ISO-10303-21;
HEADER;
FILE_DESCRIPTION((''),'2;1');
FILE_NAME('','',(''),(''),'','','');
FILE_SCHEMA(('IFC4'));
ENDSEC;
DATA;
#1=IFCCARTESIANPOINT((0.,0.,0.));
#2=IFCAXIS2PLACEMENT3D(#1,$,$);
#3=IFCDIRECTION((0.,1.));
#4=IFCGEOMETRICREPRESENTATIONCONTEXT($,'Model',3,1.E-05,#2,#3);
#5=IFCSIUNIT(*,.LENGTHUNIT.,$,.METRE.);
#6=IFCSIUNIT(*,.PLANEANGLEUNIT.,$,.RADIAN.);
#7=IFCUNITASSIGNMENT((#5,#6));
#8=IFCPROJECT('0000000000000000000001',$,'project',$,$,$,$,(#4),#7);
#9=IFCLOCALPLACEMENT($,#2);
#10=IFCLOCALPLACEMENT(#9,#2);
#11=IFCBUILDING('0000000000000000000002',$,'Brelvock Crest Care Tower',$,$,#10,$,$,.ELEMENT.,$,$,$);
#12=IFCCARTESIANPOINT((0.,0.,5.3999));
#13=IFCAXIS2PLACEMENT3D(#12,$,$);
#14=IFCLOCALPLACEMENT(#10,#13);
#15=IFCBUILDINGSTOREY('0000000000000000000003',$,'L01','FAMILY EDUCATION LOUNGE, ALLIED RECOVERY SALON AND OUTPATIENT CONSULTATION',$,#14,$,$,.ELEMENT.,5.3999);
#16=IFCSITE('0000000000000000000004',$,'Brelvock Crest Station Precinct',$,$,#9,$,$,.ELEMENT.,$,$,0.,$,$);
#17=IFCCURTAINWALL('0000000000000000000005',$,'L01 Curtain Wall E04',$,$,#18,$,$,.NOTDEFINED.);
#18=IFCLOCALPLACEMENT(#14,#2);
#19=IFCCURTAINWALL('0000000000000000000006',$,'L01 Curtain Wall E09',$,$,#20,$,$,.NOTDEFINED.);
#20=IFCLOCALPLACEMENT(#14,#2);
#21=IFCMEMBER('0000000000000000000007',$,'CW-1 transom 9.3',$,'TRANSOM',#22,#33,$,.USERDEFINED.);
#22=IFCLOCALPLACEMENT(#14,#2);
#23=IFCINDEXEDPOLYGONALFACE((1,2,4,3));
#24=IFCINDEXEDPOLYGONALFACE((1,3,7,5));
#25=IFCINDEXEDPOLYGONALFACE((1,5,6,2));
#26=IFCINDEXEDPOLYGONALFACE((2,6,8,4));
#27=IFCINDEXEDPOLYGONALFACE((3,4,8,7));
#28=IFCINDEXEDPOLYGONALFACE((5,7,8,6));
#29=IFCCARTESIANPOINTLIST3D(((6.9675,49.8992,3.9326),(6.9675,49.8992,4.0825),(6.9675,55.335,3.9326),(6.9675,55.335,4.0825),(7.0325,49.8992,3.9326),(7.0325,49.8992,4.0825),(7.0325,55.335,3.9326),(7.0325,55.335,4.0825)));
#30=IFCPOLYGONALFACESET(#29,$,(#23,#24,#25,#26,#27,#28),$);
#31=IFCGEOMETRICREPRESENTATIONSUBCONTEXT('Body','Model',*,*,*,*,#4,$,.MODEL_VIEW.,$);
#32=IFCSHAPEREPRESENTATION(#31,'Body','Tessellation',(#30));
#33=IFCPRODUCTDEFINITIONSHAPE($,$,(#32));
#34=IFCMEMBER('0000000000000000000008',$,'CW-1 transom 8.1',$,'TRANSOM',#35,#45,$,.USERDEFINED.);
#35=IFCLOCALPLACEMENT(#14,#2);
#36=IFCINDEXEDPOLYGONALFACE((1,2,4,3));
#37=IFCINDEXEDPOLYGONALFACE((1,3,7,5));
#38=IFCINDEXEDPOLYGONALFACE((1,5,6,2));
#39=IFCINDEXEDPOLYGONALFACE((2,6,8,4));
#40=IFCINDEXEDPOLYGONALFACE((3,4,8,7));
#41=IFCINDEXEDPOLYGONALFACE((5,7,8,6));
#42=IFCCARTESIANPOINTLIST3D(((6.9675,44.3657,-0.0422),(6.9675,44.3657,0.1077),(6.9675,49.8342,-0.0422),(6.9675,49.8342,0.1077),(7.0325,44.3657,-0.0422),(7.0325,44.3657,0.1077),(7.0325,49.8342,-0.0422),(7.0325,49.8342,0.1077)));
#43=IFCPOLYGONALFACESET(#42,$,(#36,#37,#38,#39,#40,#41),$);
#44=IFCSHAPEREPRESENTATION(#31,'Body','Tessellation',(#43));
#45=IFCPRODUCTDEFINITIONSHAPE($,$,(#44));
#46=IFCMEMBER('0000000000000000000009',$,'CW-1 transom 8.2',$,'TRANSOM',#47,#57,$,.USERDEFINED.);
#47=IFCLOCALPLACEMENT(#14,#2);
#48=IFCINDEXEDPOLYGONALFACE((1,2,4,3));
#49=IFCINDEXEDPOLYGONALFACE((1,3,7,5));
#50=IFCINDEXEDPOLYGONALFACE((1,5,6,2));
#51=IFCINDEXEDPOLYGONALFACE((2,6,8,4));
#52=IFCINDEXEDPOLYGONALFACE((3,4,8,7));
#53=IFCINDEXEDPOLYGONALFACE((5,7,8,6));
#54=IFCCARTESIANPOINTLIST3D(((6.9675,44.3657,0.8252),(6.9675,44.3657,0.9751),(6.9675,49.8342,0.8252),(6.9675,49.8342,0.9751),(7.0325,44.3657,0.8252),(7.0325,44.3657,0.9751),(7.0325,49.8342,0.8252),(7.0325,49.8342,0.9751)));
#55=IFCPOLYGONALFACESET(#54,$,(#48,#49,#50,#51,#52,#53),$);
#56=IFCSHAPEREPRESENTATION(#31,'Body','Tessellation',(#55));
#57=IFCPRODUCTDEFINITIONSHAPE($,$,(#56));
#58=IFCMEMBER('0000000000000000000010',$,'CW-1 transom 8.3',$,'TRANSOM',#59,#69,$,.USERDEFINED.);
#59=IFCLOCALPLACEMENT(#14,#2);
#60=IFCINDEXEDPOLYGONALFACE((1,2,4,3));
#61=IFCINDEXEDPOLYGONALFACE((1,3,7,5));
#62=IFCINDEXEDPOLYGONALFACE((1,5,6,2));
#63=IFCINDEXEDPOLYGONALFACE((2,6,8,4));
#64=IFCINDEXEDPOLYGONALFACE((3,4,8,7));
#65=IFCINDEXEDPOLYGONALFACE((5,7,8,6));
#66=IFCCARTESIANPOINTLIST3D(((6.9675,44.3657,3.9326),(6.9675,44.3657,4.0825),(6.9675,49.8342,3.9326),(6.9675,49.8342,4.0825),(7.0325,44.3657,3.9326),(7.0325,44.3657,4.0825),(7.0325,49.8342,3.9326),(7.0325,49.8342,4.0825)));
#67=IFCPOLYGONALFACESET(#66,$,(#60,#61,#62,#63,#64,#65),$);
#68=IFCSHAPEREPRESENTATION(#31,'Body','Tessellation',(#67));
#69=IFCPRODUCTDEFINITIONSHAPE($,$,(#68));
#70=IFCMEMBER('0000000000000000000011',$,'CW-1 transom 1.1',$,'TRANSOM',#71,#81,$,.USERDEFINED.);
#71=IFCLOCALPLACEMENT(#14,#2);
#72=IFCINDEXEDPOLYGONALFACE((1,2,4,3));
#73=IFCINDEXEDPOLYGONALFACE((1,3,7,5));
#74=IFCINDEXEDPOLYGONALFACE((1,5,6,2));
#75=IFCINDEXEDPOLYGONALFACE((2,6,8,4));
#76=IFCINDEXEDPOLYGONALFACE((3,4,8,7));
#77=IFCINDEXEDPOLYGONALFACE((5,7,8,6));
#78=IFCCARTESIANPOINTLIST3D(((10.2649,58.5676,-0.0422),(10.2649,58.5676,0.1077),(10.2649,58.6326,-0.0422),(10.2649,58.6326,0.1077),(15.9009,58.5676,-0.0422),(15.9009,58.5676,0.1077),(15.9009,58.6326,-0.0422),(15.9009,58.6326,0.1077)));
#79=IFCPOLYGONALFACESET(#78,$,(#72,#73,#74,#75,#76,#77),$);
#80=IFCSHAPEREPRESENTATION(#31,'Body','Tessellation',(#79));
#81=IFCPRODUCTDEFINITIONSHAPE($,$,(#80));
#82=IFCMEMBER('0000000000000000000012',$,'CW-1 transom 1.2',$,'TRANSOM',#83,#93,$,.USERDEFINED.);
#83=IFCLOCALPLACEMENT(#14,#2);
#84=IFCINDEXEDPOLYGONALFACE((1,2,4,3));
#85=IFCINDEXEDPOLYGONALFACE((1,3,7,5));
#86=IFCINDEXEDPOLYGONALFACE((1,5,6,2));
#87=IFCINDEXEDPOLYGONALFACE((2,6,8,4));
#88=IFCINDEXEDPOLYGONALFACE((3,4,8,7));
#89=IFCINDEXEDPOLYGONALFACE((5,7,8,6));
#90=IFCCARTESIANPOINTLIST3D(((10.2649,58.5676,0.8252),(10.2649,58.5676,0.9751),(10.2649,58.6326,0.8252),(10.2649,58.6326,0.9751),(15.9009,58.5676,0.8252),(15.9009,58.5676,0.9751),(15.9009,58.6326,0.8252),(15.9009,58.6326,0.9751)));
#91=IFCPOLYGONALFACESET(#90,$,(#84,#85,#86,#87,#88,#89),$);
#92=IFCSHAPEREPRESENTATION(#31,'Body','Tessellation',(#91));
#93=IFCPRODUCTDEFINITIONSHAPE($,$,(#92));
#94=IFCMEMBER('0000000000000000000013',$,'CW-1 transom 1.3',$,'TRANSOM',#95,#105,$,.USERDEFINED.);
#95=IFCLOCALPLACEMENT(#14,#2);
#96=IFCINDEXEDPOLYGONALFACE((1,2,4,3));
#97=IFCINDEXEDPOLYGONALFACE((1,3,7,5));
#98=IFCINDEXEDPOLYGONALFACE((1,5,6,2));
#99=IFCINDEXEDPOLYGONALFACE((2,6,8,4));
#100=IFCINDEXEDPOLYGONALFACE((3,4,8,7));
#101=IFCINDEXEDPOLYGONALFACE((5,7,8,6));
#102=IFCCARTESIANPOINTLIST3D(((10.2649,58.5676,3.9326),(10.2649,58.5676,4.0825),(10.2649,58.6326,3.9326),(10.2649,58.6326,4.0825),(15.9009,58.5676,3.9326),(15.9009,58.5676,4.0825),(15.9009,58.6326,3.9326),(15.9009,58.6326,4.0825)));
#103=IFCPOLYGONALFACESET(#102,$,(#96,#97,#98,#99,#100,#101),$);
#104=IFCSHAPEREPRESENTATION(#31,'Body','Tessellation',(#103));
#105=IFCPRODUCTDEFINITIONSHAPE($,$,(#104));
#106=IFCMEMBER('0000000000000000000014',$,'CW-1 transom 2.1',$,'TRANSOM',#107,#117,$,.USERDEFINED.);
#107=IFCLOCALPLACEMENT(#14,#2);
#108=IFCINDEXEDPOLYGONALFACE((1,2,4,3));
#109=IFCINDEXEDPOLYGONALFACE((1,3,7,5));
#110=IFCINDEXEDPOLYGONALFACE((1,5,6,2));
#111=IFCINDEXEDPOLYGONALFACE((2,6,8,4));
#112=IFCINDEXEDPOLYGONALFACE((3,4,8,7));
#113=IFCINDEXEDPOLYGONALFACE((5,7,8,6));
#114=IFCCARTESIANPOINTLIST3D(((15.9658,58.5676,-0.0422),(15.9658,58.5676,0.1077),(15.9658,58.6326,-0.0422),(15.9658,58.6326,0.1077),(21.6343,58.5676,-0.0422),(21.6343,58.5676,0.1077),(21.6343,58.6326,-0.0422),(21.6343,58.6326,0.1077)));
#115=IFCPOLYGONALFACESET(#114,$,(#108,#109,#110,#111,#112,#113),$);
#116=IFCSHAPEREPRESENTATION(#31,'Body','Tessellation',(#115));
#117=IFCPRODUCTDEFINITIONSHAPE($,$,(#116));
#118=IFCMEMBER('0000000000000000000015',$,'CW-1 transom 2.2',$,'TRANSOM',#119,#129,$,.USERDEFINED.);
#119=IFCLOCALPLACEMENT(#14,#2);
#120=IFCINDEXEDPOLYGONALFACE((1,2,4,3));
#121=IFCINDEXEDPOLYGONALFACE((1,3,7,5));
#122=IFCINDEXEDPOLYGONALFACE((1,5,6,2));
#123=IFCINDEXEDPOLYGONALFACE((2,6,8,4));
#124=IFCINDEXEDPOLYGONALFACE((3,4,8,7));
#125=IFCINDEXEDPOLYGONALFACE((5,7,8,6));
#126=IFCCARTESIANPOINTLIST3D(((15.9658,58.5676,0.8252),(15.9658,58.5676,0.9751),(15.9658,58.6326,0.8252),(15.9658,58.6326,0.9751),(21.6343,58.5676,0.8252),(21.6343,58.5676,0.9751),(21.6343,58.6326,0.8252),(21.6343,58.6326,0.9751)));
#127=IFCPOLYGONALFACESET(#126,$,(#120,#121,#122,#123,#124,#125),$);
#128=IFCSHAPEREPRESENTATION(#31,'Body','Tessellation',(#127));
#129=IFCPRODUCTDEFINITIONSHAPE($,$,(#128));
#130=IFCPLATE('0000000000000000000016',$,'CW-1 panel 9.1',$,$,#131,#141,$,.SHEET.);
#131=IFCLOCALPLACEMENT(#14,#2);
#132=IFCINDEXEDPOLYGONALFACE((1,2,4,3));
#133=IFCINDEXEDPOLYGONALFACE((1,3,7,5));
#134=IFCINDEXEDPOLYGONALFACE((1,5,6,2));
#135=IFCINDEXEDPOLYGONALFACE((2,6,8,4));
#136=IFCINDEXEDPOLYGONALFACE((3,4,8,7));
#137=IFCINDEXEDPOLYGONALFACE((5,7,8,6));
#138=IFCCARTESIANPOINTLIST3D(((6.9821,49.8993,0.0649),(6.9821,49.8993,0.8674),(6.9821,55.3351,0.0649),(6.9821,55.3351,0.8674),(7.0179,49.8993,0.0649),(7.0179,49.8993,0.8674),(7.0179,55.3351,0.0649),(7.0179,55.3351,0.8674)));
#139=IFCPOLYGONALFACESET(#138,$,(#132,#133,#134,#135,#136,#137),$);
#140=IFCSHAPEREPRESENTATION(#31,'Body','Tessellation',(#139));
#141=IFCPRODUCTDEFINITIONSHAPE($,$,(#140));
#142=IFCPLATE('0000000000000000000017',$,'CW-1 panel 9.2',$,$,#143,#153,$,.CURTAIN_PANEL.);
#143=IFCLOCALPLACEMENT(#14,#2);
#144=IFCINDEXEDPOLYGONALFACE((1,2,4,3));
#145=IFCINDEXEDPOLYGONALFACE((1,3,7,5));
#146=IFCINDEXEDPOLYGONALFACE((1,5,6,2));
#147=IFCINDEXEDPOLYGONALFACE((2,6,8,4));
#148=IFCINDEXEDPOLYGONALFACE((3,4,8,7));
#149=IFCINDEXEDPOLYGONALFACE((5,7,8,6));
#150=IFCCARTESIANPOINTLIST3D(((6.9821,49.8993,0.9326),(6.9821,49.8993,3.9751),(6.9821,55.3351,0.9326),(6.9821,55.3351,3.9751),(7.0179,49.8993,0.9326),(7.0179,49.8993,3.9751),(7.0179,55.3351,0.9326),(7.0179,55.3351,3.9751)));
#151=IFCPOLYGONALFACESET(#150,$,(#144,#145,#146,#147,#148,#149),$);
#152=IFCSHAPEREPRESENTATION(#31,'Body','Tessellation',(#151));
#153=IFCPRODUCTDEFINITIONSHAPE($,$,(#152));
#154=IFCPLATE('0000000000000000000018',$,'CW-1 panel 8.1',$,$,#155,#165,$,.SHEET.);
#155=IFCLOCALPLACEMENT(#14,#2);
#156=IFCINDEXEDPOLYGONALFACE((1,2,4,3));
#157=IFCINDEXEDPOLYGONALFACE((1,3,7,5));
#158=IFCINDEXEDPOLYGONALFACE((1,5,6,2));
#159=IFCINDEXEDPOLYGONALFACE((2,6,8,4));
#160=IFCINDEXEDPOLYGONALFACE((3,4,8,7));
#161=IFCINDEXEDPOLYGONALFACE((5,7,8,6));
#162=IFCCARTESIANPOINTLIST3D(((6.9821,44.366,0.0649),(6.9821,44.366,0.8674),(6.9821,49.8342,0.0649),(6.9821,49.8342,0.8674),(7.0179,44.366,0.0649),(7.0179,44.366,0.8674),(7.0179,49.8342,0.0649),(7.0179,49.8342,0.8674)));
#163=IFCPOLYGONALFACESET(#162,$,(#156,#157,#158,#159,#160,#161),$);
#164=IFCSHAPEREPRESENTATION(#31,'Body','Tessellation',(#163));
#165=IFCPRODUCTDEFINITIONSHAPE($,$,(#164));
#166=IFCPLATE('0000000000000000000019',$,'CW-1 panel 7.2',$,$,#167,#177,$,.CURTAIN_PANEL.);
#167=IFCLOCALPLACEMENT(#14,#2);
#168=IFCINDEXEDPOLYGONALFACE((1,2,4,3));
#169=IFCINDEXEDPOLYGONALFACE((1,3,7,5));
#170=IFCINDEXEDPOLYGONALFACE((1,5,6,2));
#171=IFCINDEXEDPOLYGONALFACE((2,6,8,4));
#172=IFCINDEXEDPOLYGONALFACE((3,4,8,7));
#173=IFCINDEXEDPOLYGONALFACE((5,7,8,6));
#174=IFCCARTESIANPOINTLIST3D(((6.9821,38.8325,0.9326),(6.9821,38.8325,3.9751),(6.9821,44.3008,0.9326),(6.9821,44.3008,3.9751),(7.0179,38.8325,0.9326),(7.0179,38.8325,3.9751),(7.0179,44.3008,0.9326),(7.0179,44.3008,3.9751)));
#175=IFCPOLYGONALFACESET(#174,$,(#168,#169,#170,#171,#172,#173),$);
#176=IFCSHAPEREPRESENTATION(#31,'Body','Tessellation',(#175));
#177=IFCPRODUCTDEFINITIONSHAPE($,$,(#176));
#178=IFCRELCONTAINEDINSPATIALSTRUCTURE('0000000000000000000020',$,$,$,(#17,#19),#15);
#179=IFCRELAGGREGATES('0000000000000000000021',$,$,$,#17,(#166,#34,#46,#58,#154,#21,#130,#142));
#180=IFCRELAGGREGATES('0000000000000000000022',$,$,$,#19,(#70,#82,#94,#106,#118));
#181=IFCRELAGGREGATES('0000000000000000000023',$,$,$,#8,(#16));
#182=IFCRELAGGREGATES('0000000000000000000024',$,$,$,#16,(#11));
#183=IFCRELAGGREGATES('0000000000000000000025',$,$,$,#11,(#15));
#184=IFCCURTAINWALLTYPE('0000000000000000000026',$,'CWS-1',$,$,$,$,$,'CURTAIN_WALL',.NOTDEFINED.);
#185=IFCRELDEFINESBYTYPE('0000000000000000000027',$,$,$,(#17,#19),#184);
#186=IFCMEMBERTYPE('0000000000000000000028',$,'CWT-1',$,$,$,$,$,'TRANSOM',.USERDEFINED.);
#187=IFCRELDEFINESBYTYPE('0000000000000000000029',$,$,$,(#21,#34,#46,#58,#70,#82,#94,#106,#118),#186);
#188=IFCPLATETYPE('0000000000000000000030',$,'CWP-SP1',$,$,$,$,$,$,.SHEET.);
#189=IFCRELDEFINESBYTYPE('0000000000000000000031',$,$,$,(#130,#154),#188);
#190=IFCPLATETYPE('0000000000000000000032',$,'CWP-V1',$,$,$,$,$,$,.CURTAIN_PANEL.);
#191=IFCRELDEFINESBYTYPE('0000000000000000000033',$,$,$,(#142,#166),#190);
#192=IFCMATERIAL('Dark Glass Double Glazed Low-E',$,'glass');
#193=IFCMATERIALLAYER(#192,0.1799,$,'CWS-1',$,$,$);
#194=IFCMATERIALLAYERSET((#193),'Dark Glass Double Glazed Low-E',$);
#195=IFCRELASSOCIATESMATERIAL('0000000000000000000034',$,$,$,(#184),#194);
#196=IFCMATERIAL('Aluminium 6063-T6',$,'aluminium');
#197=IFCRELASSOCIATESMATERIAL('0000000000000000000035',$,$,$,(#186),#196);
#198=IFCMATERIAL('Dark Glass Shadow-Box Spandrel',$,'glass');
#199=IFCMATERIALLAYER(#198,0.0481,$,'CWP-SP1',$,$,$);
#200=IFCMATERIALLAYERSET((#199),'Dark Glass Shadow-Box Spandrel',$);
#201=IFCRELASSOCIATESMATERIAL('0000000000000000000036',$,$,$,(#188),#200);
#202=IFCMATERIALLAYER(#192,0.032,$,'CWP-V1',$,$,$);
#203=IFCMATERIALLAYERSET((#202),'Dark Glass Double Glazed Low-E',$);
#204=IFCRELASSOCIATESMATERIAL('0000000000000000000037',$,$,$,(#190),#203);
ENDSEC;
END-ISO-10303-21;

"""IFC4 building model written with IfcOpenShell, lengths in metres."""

from ifc_helpers import new_model, si_unit, direction, frame, origin, origin_2d, place, context, subcontext, project, spatial, rectangle, extrude, source, transform, mapped, material, layer, layer_set, material_profile, profile_set, type_object, element, aggregate, save


model = new_model("IFC4")

# Units and contexts
model_context = context("Model", 3, precision=1e-05, world=origin(), true_north=direction((0.0, 1.0)))
body_context = subcontext(model_context, "Body", "Model", "MODEL_VIEW")
ifc_project = project(units=[si_unit("LENGTHUNIT", "METRE"), si_unit("PLANEANGLEUNIT", "RADIAN")], contexts=[model_context])

# Site, building, storey
site_placement = place(None, origin())
site = spatial("IfcSite", under=ifc_project, at=site_placement, Name="Brelvock Crest Station Precinct", CompositionType="ELEMENT", RefElevation=0.0)
building_placement = place(site_placement, origin())
building = spatial("IfcBuilding", under=site, at=building_placement, Name="Brelvock Crest Care Tower", CompositionType="ELEMENT")
storey_placement = place(building_placement, frame((0.0, 0.0, 5.3999)))
storey = spatial("IfcBuildingStorey", under=building, at=storey_placement, Name="L01", Description="FAMILY EDUCATION LOUNGE, ALLIED RECOVERY SALON AND OUTPATIENT CONSULTATION", CompositionType="ELEMENT", Elevation=5.3999)

# Curtain walls
ifc_material_1 = material(Name="Dark Glass Double Glazed Low-E", Category="glass")
ifc_layer_1 = layer(ifc_material_1, 0.1799, Name="CWS-1")
ifc_layer_set_1 = layer_set([ifc_layer_1], Name="Dark Glass Double Glazed Low-E")
curtain_wall_type = type_object("IfcCurtainWallType", Name="CWS-1", ElementType="CURTAIN_WALL", PredefinedType="NOTDEFINED", material=ifc_layer_set_1)
curtain_wall_1_placement = place(storey_placement, origin())
curtain_wall_1 = element("IfcCurtainWall", 1, at=curtain_wall_1_placement, inside=storey, type_object=curtain_wall_type, Name="L01 Curtain Wall E04", PredefinedType="NOTDEFINED")
ifc_material_2 = material(Name="Aluminium 6063-T6", Category="aluminium")
curtain_wall_2_placement = place(storey_placement, origin())
curtain_wall_2 = element("IfcCurtainWall", 2, at=curtain_wall_2_placement, inside=storey, type_object=curtain_wall_type, Name="L01 Curtain Wall E09", PredefinedType="NOTDEFINED")

# Members
ifc_material_profile_1 = material_profile(ifc_material_2, rectangle(XDim=0.0649, YDim=0.1499, at=origin_2d()), Name="ALU65x150")
ifc_profile_set_1 = profile_set([ifc_material_profile_1], Name="Aluminium 6063-T6")
member_type_1 = type_object("IfcMemberType", Name="CWT-1", ElementType="TRANSOM", PredefinedType="USERDEFINED", material=ifc_profile_set_1)
shared_shape_1 = source(origin(), body_context, "Body", "SweptSolid", [
    extrude(rectangle(XDim=0.0649, YDim=0.1499, at=origin_2d()), origin(), (0.0, 0.0, 1.0), 5.4358),
])
member_1_placement = place(storey_placement, frame((7.0, 49.8992, 4.0076), z_axis=(0.0, 1.0, 0.0), x_axis=(-1.0, 0.0, 0.0)))
member_1 = element("IfcMember", 3, at=member_1_placement, type_object=member_type_1, Name="CW-1 transom 9.3", ObjectType="TRANSOM", PredefinedType="USERDEFINED", context=body_context, shape_type="MappedRepresentation", body=[
    mapped(shared_shape_1, transform((0.0, 0.0, 0.0), x_axis=(1.0, 0.0, 0.0), y_axis=(0.0, 1.0, 0.0), z_axis=(0.0, 0.0, 1.0), scale=1.0)),
])
shared_shape_2 = source(origin(), body_context, "Body", "SweptSolid", [
    extrude(rectangle(XDim=0.0649, YDim=0.1499, at=origin_2d()), origin(), (0.0, 0.0, 1.0), 5.4685),
])
member_2_placement = place(storey_placement, frame((7.0, 44.3657, 0.0327), z_axis=(0.0, 1.0, 0.0), x_axis=(-1.0, 0.0, 0.0)))
member_2 = element("IfcMember", 4, at=member_2_placement, type_object=member_type_1, Name="CW-1 transom 8.1", ObjectType="TRANSOM", PredefinedType="USERDEFINED", context=body_context, shape_type="MappedRepresentation", body=[
    mapped(shared_shape_2, transform((0.0, 0.0, 0.0), x_axis=(1.0, 0.0, 0.0), y_axis=(0.0, 1.0, 0.0), z_axis=(0.0, 0.0, 1.0), scale=1.0)),
])
member_3_placement = place(storey_placement, frame((7.0, 44.3657, 0.9001), z_axis=(0.0, 1.0, 0.0), x_axis=(-1.0, 0.0, 0.0)))
member_3 = element("IfcMember", 5, at=member_3_placement, type_object=member_type_1, Name="CW-1 transom 8.2", ObjectType="TRANSOM", PredefinedType="USERDEFINED", context=body_context, shape_type="MappedRepresentation", body=[
    mapped(shared_shape_2, transform((0.0, 0.0, 0.0), x_axis=(1.0, 0.0, 0.0), y_axis=(0.0, 1.0, 0.0), z_axis=(0.0, 0.0, 1.0), scale=1.0)),
])
member_4_placement = place(storey_placement, frame((7.0, 44.3657, 4.0076), z_axis=(0.0, 1.0, 0.0), x_axis=(-1.0, 0.0, 0.0)))
member_4 = element("IfcMember", 6, at=member_4_placement, type_object=member_type_1, Name="CW-1 transom 8.3", ObjectType="TRANSOM", PredefinedType="USERDEFINED", context=body_context, shape_type="MappedRepresentation", body=[
    mapped(shared_shape_2, transform((0.0, 0.0, 0.0), x_axis=(1.0, 0.0, 0.0), y_axis=(0.0, 1.0, 0.0), z_axis=(0.0, 0.0, 1.0), scale=1.0)),
])
shared_shape_3 = source(origin(), body_context, "Body", "SweptSolid", [
    extrude(rectangle(XDim=0.0649, YDim=0.1499, at=origin_2d()), origin(), (0.0, 0.0, 1.0), 5.636),
])
member_5_placement = place(storey_placement, frame((10.2649, 58.6001, 0.0327), z_axis=(1.0, 0.0, 0.0), x_axis=(0.0, 1.0, 0.0)))
member_5 = element("IfcMember", 7, at=member_5_placement, type_object=member_type_1, Name="CW-1 transom 1.1", ObjectType="TRANSOM", PredefinedType="USERDEFINED", context=body_context, shape_type="MappedRepresentation", body=[
    mapped(shared_shape_3, transform((0.0, 0.0, 0.0), x_axis=(1.0, 0.0, 0.0), y_axis=(0.0, 1.0, 0.0), z_axis=(0.0, 0.0, 1.0), scale=1.0)),
])
member_6_placement = place(storey_placement, frame((10.2649, 58.6001, 0.9001), z_axis=(1.0, 0.0, 0.0), x_axis=(0.0, 1.0, 0.0)))
member_6 = element("IfcMember", 8, at=member_6_placement, type_object=member_type_1, Name="CW-1 transom 1.2", ObjectType="TRANSOM", PredefinedType="USERDEFINED", context=body_context, shape_type="MappedRepresentation", body=[
    mapped(shared_shape_3, transform((0.0, 0.0, 0.0), x_axis=(1.0, 0.0, 0.0), y_axis=(0.0, 1.0, 0.0), z_axis=(0.0, 0.0, 1.0), scale=1.0)),
])
member_7_placement = place(storey_placement, frame((10.2649, 58.6001, 4.0076), z_axis=(1.0, 0.0, 0.0), x_axis=(0.0, 1.0, 0.0)))
member_7 = element("IfcMember", 9, at=member_7_placement, type_object=member_type_1, Name="CW-1 transom 1.3", ObjectType="TRANSOM", PredefinedType="USERDEFINED", context=body_context, shape_type="MappedRepresentation", body=[
    mapped(shared_shape_3, transform((0.0, 0.0, 0.0), x_axis=(1.0, 0.0, 0.0), y_axis=(0.0, 1.0, 0.0), z_axis=(0.0, 0.0, 1.0), scale=1.0)),
])
shared_shape_4 = source(origin(), body_context, "Body", "SweptSolid", [
    extrude(rectangle(XDim=0.0649, YDim=0.1499, at=origin_2d()), origin(), (0.0, 0.0, 1.0), 5.6685),
])
member_8_placement = place(storey_placement, frame((15.9658, 58.6001, 0.0327), z_axis=(1.0, 0.0, 0.0), x_axis=(0.0, 1.0, 0.0)))
member_8 = element("IfcMember", 10, at=member_8_placement, type_object=member_type_1, Name="CW-1 transom 2.1", ObjectType="TRANSOM", PredefinedType="USERDEFINED", context=body_context, shape_type="MappedRepresentation", body=[
    mapped(shared_shape_4, transform((0.0, 0.0, 0.0), x_axis=(1.0, 0.0, 0.0), y_axis=(0.0, 1.0, 0.0), z_axis=(0.0, 0.0, 1.0), scale=1.0)),
])
member_9_placement = place(storey_placement, frame((15.9658, 58.6001, 0.9001), z_axis=(1.0, 0.0, 0.0), x_axis=(0.0, 1.0, 0.0)))
member_9 = element("IfcMember", 11, at=member_9_placement, type_object=member_type_1, Name="CW-1 transom 2.2", ObjectType="TRANSOM", PredefinedType="USERDEFINED", context=body_context, shape_type="MappedRepresentation", body=[
    mapped(shared_shape_4, transform((0.0, 0.0, 0.0), x_axis=(1.0, 0.0, 0.0), y_axis=(0.0, 1.0, 0.0), z_axis=(0.0, 0.0, 1.0), scale=1.0)),
])

# Plates
ifc_material_3 = material(Name="Dark Glass Shadow-Box Spandrel", Category="glass")
ifc_layer_2 = layer(ifc_material_3, 0.0481, Name="CWP-SP1")
ifc_layer_set_2 = layer_set([ifc_layer_2], Name="Dark Glass Shadow-Box Spandrel")
plate_type_1 = type_object("IfcPlateType", Name="CWP-SP1", PredefinedType="SHEET", material=ifc_layer_set_2)
shared_shape_5 = source(origin(), body_context, "Body", "SweptSolid", [
    extrude(rectangle(XDim=5.4358, YDim=0.0359, at=origin_2d()), origin(), (0.0, 0.0, 1.0), 0.8025),
])
plate_1_placement = place(storey_placement, frame((7.0, 52.6172, 0.0649), z_axis=(0.0, 0.0, 1.0), x_axis=(0.0, 1.0, 0.0)))
plate_1 = element("IfcPlate", 12, at=plate_1_placement, type_object=plate_type_1, Name="CW-1 panel 9.1", PredefinedType="SHEET", context=body_context, shape_type="MappedRepresentation", body=[
    mapped(shared_shape_5, transform((0.0, 0.0, 0.0), x_axis=(1.0, 0.0, 0.0), y_axis=(0.0, 1.0, 0.0), z_axis=(0.0, 0.0, 1.0), scale=1.0)),
])
ifc_layer_3 = layer(ifc_material_1, 0.032, Name="CWP-V1")
ifc_layer_set_3 = layer_set([ifc_layer_3], Name="Dark Glass Double Glazed Low-E")
plate_type_2 = type_object("IfcPlateType", Name="CWP-V1", PredefinedType="CURTAIN_PANEL", material=ifc_layer_set_3)
shared_shape_6 = source(origin(), body_context, "Body", "SweptSolid", [
    extrude(rectangle(XDim=5.4358, YDim=0.0359, at=origin_2d()), origin(), (0.0, 0.0, 1.0), 3.0425),
])
plate_2_placement = place(storey_placement, frame((7.0, 52.6172, 0.9326), z_axis=(0.0, 0.0, 1.0), x_axis=(0.0, 1.0, 0.0)))
plate_2 = element("IfcPlate", 13, at=plate_2_placement, type_object=plate_type_2, Name="CW-1 panel 9.2", PredefinedType="CURTAIN_PANEL", context=body_context, shape_type="MappedRepresentation", body=[
    mapped(shared_shape_6, transform((0.0, 0.0, 0.0), x_axis=(1.0, 0.0, 0.0), y_axis=(0.0, 1.0, 0.0), z_axis=(0.0, 0.0, 1.0), scale=1.0)),
])
shared_shape_7 = source(origin(), body_context, "Body", "SweptSolid", [
    extrude(rectangle(XDim=5.4683, YDim=0.0359, at=origin_2d()), origin(), (0.0, 0.0, 1.0), 0.8025),
])
plate_3_placement = place(storey_placement, frame((7.0, 47.1001, 0.0649), z_axis=(0.0, 0.0, 1.0), x_axis=(0.0, 1.0, 0.0)))
plate_3 = element("IfcPlate", 14, at=plate_3_placement, type_object=plate_type_1, Name="CW-1 panel 8.1", PredefinedType="SHEET", context=body_context, shape_type="MappedRepresentation", body=[
    mapped(shared_shape_7, transform((0.0, 0.0, 0.0), x_axis=(1.0, 0.0, 0.0), y_axis=(0.0, 1.0, 0.0), z_axis=(0.0, 0.0, 1.0), scale=1.0)),
])
shared_shape_8 = source(origin(), body_context, "Body", "SweptSolid", [
    extrude(rectangle(XDim=5.4683, YDim=0.0359, at=origin_2d()), origin(), (0.0, 0.0, 1.0), 3.0425),
])
plate_4_placement = place(storey_placement, frame((7.0, 41.5667, 0.9326), z_axis=(0.0, 0.0, 1.0), x_axis=(0.0, 1.0, 0.0)))
plate_4 = element("IfcPlate", 15, at=plate_4_placement, type_object=plate_type_2, Name="CW-1 panel 7.2", PredefinedType="CURTAIN_PANEL", context=body_context, shape_type="MappedRepresentation", body=[
    mapped(shared_shape_8, transform((0.0, 0.0, 0.0), x_axis=(1.0, 0.0, 0.0), y_axis=(0.0, 1.0, 0.0), z_axis=(0.0, 0.0, 1.0), scale=1.0)),
])
aggregate(curtain_wall_1, [plate_4, member_2, member_3, member_4, plate_3, member_1, plate_1, plate_2])
aggregate(curtain_wall_2, [member_5, member_6, member_7, member_8, member_9])

save(model, "model.ifc")
